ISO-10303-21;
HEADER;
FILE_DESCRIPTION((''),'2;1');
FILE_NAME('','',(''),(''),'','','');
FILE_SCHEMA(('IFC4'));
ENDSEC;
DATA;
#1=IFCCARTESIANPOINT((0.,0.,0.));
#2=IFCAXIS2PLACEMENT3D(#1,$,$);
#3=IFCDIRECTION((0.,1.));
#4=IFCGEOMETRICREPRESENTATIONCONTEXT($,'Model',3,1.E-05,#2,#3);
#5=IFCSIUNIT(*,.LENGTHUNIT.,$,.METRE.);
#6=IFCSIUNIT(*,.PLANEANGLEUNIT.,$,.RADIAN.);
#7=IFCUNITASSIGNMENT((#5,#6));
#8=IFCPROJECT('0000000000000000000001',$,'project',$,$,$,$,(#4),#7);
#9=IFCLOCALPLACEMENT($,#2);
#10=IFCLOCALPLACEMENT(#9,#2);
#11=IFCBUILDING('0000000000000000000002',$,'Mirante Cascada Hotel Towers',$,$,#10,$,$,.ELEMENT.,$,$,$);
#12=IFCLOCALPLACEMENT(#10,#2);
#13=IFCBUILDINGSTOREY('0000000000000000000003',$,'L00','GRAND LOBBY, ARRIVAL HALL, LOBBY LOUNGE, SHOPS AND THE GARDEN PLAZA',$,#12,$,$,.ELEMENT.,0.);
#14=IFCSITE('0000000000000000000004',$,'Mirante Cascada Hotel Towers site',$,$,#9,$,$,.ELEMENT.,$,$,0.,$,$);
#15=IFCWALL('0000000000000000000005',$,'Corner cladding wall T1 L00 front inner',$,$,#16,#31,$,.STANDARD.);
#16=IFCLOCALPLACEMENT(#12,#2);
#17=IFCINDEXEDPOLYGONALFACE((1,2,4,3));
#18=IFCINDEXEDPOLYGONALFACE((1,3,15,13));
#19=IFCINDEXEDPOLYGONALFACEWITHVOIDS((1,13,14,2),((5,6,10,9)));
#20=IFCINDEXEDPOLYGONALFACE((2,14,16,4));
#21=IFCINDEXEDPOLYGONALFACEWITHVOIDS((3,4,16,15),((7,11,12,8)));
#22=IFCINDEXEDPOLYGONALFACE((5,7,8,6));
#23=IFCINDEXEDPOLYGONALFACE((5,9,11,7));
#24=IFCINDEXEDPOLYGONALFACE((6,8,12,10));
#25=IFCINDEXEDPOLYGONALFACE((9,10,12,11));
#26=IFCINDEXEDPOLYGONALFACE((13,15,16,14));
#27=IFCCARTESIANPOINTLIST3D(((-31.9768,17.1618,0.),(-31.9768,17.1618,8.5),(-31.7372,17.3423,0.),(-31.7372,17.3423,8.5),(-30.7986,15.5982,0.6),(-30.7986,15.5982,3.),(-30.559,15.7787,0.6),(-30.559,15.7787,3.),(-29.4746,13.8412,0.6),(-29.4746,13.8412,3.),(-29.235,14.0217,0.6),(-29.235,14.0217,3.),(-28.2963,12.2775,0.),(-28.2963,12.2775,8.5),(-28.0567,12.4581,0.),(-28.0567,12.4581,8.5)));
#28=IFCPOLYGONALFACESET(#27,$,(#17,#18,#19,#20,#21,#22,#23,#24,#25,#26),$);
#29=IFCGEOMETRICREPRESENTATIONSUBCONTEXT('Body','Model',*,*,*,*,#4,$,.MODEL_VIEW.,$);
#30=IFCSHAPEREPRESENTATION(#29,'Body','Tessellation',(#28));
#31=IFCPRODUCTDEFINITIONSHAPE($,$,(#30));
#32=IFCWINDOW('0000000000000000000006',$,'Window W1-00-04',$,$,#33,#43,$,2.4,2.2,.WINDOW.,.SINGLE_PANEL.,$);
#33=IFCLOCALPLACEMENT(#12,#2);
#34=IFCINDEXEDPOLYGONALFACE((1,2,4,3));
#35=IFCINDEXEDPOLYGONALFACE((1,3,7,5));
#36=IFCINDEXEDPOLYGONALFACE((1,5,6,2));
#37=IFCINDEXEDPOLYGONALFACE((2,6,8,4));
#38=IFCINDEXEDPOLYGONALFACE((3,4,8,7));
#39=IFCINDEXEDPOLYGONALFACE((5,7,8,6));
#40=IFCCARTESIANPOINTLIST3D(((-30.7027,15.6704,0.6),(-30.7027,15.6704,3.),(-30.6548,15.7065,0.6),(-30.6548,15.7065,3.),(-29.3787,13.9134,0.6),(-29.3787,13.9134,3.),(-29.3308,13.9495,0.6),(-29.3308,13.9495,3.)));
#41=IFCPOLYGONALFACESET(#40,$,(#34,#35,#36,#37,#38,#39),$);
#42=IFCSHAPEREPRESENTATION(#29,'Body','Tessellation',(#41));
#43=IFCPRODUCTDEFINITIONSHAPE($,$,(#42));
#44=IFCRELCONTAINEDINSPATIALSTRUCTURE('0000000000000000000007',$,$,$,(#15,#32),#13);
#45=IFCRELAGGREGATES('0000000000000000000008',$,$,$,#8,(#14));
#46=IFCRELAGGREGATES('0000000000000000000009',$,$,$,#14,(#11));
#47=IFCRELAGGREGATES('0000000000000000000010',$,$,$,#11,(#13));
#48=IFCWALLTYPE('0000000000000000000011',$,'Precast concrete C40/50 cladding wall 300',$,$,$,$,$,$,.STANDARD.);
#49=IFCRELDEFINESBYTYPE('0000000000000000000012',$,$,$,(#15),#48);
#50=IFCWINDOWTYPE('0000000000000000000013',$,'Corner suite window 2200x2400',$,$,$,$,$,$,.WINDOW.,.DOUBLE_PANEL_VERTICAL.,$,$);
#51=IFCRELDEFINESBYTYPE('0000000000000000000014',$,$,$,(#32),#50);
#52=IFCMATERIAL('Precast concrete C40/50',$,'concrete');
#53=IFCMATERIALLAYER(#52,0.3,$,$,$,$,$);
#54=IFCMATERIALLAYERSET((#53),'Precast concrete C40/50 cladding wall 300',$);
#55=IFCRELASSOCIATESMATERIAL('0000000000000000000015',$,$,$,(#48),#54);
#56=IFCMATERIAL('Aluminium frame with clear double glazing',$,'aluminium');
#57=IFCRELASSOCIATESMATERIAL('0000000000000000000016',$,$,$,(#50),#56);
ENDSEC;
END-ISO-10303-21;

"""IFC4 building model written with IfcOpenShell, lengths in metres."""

from ifc_helpers import new_model, si_unit, direction, frame, frame_2d, origin, place, context, subcontext, project, spatial, rectangle, extrude, material, layer, layer_set, type_object, element, fill, save


model = new_model("IFC4")

# Units and contexts
model_context = context("Model", 3, precision=1e-05, world=origin(), true_north=direction((0.0, 1.0)))
body_context = subcontext(model_context, "Body", "Model", "MODEL_VIEW")
ifc_project = project(units=[si_unit("LENGTHUNIT", "METRE"), si_unit("PLANEANGLEUNIT", "RADIAN")], contexts=[model_context])

# Site, building, storey
site_placement = place(None, origin())
site = spatial("IfcSite", under=ifc_project, at=site_placement, Name="Mirante Cascada Hotel Towers site", CompositionType="ELEMENT", RefElevation=0.0)
building_placement = place(site_placement, origin())
building = spatial("IfcBuilding", under=site, at=building_placement, Name="Mirante Cascada Hotel Towers", CompositionType="ELEMENT")
storey_placement = place(building_placement, origin())
storey = spatial("IfcBuildingStorey", under=building, at=storey_placement, Name="L00", Description="GRAND LOBBY, ARRIVAL HALL, LOBBY LOUNGE, SHOPS AND THE GARDEN PLAZA", CompositionType="ELEMENT", Elevation=0.0)

# Wall, opening, window
ifc_material_1 = material(Name="Precast concrete C40/50", Category="concrete")
ifc_layer_1 = layer(ifc_material_1, 0.3)
ifc_layer_set_1 = layer_set([ifc_layer_1], Name="Precast concrete C40/50 cladding wall 300")
wall_type_1 = type_object("IfcWallType", Name="Precast concrete C40/50 cladding wall 300", PredefinedType="STANDARD", material=ifc_layer_set_1)
wall_1_placement = place(storey_placement, frame((-31.857, 17.252, 0.0), z_axis=(0.0, 0.0, 1.0), x_axis=(0.601814, -0.798636, 0.0)))
wall_1 = element("IfcWall", 1, at=wall_1_placement, inside=storey, type_object=wall_type_1, Name="Corner cladding wall T1 L00 front inner", PredefinedType="STANDARD", context=body_context, shape_type="SweptSolid", body=[
    extrude(rectangle(XDim=6.1157, YDim=0.3, at=frame_2d((3.0578, 0.0))), origin(), (0.0, 0.0, 1.0), 8.5),
])
opening_1_placement = place(wall_1_placement, frame((1.9578, 0.0, 0.6)))
opening_1 = element("IfcOpeningElement", 2, at=opening_1_placement, cuts=wall_1, PredefinedType="OPENING", context=body_context, shape_type="SweptSolid", body=[
    extrude(rectangle(XDim=2.2, YDim=2.4, at=frame_2d((1.1, 1.2))), frame((0.0, 0.15, 0.0), z_axis=(0.0, -1.0, 0.0), x_axis=(1.0, 0.0, 0.0)), (0.0, 0.0, 1.0), 0.3),
])
ifc_material_2 = material(Name="Aluminium frame with clear double glazing", Category="aluminium")
window_type = type_object("IfcWindowType", Name="Corner suite window 2200x2400", PartitioningType="DOUBLE_PANEL_VERTICAL", PredefinedType="WINDOW", material=ifc_material_2)
window_placement = place(opening_1_placement, origin())
window = element("IfcWindow", 3, at=window_placement, inside=storey, type_object=window_type, Name="Window W1-00-04", OverallHeight=2.4, OverallWidth=2.2, PartitioningType="SINGLE_PANEL", PredefinedType="WINDOW", context=body_context, shape_type="SweptSolid", body=[
    extrude(rectangle(XDim=2.2, YDim=2.4, at=frame_2d((1.1, 1.2))), frame((0.0, 0.03, 0.0), z_axis=(0.0, -1.0, 0.0), x_axis=(1.0, 0.0, 0.0)), (0.0, 0.0, 1.0), 0.06),
])
fill(opening_1, window)

save(model, "model.ifc")
